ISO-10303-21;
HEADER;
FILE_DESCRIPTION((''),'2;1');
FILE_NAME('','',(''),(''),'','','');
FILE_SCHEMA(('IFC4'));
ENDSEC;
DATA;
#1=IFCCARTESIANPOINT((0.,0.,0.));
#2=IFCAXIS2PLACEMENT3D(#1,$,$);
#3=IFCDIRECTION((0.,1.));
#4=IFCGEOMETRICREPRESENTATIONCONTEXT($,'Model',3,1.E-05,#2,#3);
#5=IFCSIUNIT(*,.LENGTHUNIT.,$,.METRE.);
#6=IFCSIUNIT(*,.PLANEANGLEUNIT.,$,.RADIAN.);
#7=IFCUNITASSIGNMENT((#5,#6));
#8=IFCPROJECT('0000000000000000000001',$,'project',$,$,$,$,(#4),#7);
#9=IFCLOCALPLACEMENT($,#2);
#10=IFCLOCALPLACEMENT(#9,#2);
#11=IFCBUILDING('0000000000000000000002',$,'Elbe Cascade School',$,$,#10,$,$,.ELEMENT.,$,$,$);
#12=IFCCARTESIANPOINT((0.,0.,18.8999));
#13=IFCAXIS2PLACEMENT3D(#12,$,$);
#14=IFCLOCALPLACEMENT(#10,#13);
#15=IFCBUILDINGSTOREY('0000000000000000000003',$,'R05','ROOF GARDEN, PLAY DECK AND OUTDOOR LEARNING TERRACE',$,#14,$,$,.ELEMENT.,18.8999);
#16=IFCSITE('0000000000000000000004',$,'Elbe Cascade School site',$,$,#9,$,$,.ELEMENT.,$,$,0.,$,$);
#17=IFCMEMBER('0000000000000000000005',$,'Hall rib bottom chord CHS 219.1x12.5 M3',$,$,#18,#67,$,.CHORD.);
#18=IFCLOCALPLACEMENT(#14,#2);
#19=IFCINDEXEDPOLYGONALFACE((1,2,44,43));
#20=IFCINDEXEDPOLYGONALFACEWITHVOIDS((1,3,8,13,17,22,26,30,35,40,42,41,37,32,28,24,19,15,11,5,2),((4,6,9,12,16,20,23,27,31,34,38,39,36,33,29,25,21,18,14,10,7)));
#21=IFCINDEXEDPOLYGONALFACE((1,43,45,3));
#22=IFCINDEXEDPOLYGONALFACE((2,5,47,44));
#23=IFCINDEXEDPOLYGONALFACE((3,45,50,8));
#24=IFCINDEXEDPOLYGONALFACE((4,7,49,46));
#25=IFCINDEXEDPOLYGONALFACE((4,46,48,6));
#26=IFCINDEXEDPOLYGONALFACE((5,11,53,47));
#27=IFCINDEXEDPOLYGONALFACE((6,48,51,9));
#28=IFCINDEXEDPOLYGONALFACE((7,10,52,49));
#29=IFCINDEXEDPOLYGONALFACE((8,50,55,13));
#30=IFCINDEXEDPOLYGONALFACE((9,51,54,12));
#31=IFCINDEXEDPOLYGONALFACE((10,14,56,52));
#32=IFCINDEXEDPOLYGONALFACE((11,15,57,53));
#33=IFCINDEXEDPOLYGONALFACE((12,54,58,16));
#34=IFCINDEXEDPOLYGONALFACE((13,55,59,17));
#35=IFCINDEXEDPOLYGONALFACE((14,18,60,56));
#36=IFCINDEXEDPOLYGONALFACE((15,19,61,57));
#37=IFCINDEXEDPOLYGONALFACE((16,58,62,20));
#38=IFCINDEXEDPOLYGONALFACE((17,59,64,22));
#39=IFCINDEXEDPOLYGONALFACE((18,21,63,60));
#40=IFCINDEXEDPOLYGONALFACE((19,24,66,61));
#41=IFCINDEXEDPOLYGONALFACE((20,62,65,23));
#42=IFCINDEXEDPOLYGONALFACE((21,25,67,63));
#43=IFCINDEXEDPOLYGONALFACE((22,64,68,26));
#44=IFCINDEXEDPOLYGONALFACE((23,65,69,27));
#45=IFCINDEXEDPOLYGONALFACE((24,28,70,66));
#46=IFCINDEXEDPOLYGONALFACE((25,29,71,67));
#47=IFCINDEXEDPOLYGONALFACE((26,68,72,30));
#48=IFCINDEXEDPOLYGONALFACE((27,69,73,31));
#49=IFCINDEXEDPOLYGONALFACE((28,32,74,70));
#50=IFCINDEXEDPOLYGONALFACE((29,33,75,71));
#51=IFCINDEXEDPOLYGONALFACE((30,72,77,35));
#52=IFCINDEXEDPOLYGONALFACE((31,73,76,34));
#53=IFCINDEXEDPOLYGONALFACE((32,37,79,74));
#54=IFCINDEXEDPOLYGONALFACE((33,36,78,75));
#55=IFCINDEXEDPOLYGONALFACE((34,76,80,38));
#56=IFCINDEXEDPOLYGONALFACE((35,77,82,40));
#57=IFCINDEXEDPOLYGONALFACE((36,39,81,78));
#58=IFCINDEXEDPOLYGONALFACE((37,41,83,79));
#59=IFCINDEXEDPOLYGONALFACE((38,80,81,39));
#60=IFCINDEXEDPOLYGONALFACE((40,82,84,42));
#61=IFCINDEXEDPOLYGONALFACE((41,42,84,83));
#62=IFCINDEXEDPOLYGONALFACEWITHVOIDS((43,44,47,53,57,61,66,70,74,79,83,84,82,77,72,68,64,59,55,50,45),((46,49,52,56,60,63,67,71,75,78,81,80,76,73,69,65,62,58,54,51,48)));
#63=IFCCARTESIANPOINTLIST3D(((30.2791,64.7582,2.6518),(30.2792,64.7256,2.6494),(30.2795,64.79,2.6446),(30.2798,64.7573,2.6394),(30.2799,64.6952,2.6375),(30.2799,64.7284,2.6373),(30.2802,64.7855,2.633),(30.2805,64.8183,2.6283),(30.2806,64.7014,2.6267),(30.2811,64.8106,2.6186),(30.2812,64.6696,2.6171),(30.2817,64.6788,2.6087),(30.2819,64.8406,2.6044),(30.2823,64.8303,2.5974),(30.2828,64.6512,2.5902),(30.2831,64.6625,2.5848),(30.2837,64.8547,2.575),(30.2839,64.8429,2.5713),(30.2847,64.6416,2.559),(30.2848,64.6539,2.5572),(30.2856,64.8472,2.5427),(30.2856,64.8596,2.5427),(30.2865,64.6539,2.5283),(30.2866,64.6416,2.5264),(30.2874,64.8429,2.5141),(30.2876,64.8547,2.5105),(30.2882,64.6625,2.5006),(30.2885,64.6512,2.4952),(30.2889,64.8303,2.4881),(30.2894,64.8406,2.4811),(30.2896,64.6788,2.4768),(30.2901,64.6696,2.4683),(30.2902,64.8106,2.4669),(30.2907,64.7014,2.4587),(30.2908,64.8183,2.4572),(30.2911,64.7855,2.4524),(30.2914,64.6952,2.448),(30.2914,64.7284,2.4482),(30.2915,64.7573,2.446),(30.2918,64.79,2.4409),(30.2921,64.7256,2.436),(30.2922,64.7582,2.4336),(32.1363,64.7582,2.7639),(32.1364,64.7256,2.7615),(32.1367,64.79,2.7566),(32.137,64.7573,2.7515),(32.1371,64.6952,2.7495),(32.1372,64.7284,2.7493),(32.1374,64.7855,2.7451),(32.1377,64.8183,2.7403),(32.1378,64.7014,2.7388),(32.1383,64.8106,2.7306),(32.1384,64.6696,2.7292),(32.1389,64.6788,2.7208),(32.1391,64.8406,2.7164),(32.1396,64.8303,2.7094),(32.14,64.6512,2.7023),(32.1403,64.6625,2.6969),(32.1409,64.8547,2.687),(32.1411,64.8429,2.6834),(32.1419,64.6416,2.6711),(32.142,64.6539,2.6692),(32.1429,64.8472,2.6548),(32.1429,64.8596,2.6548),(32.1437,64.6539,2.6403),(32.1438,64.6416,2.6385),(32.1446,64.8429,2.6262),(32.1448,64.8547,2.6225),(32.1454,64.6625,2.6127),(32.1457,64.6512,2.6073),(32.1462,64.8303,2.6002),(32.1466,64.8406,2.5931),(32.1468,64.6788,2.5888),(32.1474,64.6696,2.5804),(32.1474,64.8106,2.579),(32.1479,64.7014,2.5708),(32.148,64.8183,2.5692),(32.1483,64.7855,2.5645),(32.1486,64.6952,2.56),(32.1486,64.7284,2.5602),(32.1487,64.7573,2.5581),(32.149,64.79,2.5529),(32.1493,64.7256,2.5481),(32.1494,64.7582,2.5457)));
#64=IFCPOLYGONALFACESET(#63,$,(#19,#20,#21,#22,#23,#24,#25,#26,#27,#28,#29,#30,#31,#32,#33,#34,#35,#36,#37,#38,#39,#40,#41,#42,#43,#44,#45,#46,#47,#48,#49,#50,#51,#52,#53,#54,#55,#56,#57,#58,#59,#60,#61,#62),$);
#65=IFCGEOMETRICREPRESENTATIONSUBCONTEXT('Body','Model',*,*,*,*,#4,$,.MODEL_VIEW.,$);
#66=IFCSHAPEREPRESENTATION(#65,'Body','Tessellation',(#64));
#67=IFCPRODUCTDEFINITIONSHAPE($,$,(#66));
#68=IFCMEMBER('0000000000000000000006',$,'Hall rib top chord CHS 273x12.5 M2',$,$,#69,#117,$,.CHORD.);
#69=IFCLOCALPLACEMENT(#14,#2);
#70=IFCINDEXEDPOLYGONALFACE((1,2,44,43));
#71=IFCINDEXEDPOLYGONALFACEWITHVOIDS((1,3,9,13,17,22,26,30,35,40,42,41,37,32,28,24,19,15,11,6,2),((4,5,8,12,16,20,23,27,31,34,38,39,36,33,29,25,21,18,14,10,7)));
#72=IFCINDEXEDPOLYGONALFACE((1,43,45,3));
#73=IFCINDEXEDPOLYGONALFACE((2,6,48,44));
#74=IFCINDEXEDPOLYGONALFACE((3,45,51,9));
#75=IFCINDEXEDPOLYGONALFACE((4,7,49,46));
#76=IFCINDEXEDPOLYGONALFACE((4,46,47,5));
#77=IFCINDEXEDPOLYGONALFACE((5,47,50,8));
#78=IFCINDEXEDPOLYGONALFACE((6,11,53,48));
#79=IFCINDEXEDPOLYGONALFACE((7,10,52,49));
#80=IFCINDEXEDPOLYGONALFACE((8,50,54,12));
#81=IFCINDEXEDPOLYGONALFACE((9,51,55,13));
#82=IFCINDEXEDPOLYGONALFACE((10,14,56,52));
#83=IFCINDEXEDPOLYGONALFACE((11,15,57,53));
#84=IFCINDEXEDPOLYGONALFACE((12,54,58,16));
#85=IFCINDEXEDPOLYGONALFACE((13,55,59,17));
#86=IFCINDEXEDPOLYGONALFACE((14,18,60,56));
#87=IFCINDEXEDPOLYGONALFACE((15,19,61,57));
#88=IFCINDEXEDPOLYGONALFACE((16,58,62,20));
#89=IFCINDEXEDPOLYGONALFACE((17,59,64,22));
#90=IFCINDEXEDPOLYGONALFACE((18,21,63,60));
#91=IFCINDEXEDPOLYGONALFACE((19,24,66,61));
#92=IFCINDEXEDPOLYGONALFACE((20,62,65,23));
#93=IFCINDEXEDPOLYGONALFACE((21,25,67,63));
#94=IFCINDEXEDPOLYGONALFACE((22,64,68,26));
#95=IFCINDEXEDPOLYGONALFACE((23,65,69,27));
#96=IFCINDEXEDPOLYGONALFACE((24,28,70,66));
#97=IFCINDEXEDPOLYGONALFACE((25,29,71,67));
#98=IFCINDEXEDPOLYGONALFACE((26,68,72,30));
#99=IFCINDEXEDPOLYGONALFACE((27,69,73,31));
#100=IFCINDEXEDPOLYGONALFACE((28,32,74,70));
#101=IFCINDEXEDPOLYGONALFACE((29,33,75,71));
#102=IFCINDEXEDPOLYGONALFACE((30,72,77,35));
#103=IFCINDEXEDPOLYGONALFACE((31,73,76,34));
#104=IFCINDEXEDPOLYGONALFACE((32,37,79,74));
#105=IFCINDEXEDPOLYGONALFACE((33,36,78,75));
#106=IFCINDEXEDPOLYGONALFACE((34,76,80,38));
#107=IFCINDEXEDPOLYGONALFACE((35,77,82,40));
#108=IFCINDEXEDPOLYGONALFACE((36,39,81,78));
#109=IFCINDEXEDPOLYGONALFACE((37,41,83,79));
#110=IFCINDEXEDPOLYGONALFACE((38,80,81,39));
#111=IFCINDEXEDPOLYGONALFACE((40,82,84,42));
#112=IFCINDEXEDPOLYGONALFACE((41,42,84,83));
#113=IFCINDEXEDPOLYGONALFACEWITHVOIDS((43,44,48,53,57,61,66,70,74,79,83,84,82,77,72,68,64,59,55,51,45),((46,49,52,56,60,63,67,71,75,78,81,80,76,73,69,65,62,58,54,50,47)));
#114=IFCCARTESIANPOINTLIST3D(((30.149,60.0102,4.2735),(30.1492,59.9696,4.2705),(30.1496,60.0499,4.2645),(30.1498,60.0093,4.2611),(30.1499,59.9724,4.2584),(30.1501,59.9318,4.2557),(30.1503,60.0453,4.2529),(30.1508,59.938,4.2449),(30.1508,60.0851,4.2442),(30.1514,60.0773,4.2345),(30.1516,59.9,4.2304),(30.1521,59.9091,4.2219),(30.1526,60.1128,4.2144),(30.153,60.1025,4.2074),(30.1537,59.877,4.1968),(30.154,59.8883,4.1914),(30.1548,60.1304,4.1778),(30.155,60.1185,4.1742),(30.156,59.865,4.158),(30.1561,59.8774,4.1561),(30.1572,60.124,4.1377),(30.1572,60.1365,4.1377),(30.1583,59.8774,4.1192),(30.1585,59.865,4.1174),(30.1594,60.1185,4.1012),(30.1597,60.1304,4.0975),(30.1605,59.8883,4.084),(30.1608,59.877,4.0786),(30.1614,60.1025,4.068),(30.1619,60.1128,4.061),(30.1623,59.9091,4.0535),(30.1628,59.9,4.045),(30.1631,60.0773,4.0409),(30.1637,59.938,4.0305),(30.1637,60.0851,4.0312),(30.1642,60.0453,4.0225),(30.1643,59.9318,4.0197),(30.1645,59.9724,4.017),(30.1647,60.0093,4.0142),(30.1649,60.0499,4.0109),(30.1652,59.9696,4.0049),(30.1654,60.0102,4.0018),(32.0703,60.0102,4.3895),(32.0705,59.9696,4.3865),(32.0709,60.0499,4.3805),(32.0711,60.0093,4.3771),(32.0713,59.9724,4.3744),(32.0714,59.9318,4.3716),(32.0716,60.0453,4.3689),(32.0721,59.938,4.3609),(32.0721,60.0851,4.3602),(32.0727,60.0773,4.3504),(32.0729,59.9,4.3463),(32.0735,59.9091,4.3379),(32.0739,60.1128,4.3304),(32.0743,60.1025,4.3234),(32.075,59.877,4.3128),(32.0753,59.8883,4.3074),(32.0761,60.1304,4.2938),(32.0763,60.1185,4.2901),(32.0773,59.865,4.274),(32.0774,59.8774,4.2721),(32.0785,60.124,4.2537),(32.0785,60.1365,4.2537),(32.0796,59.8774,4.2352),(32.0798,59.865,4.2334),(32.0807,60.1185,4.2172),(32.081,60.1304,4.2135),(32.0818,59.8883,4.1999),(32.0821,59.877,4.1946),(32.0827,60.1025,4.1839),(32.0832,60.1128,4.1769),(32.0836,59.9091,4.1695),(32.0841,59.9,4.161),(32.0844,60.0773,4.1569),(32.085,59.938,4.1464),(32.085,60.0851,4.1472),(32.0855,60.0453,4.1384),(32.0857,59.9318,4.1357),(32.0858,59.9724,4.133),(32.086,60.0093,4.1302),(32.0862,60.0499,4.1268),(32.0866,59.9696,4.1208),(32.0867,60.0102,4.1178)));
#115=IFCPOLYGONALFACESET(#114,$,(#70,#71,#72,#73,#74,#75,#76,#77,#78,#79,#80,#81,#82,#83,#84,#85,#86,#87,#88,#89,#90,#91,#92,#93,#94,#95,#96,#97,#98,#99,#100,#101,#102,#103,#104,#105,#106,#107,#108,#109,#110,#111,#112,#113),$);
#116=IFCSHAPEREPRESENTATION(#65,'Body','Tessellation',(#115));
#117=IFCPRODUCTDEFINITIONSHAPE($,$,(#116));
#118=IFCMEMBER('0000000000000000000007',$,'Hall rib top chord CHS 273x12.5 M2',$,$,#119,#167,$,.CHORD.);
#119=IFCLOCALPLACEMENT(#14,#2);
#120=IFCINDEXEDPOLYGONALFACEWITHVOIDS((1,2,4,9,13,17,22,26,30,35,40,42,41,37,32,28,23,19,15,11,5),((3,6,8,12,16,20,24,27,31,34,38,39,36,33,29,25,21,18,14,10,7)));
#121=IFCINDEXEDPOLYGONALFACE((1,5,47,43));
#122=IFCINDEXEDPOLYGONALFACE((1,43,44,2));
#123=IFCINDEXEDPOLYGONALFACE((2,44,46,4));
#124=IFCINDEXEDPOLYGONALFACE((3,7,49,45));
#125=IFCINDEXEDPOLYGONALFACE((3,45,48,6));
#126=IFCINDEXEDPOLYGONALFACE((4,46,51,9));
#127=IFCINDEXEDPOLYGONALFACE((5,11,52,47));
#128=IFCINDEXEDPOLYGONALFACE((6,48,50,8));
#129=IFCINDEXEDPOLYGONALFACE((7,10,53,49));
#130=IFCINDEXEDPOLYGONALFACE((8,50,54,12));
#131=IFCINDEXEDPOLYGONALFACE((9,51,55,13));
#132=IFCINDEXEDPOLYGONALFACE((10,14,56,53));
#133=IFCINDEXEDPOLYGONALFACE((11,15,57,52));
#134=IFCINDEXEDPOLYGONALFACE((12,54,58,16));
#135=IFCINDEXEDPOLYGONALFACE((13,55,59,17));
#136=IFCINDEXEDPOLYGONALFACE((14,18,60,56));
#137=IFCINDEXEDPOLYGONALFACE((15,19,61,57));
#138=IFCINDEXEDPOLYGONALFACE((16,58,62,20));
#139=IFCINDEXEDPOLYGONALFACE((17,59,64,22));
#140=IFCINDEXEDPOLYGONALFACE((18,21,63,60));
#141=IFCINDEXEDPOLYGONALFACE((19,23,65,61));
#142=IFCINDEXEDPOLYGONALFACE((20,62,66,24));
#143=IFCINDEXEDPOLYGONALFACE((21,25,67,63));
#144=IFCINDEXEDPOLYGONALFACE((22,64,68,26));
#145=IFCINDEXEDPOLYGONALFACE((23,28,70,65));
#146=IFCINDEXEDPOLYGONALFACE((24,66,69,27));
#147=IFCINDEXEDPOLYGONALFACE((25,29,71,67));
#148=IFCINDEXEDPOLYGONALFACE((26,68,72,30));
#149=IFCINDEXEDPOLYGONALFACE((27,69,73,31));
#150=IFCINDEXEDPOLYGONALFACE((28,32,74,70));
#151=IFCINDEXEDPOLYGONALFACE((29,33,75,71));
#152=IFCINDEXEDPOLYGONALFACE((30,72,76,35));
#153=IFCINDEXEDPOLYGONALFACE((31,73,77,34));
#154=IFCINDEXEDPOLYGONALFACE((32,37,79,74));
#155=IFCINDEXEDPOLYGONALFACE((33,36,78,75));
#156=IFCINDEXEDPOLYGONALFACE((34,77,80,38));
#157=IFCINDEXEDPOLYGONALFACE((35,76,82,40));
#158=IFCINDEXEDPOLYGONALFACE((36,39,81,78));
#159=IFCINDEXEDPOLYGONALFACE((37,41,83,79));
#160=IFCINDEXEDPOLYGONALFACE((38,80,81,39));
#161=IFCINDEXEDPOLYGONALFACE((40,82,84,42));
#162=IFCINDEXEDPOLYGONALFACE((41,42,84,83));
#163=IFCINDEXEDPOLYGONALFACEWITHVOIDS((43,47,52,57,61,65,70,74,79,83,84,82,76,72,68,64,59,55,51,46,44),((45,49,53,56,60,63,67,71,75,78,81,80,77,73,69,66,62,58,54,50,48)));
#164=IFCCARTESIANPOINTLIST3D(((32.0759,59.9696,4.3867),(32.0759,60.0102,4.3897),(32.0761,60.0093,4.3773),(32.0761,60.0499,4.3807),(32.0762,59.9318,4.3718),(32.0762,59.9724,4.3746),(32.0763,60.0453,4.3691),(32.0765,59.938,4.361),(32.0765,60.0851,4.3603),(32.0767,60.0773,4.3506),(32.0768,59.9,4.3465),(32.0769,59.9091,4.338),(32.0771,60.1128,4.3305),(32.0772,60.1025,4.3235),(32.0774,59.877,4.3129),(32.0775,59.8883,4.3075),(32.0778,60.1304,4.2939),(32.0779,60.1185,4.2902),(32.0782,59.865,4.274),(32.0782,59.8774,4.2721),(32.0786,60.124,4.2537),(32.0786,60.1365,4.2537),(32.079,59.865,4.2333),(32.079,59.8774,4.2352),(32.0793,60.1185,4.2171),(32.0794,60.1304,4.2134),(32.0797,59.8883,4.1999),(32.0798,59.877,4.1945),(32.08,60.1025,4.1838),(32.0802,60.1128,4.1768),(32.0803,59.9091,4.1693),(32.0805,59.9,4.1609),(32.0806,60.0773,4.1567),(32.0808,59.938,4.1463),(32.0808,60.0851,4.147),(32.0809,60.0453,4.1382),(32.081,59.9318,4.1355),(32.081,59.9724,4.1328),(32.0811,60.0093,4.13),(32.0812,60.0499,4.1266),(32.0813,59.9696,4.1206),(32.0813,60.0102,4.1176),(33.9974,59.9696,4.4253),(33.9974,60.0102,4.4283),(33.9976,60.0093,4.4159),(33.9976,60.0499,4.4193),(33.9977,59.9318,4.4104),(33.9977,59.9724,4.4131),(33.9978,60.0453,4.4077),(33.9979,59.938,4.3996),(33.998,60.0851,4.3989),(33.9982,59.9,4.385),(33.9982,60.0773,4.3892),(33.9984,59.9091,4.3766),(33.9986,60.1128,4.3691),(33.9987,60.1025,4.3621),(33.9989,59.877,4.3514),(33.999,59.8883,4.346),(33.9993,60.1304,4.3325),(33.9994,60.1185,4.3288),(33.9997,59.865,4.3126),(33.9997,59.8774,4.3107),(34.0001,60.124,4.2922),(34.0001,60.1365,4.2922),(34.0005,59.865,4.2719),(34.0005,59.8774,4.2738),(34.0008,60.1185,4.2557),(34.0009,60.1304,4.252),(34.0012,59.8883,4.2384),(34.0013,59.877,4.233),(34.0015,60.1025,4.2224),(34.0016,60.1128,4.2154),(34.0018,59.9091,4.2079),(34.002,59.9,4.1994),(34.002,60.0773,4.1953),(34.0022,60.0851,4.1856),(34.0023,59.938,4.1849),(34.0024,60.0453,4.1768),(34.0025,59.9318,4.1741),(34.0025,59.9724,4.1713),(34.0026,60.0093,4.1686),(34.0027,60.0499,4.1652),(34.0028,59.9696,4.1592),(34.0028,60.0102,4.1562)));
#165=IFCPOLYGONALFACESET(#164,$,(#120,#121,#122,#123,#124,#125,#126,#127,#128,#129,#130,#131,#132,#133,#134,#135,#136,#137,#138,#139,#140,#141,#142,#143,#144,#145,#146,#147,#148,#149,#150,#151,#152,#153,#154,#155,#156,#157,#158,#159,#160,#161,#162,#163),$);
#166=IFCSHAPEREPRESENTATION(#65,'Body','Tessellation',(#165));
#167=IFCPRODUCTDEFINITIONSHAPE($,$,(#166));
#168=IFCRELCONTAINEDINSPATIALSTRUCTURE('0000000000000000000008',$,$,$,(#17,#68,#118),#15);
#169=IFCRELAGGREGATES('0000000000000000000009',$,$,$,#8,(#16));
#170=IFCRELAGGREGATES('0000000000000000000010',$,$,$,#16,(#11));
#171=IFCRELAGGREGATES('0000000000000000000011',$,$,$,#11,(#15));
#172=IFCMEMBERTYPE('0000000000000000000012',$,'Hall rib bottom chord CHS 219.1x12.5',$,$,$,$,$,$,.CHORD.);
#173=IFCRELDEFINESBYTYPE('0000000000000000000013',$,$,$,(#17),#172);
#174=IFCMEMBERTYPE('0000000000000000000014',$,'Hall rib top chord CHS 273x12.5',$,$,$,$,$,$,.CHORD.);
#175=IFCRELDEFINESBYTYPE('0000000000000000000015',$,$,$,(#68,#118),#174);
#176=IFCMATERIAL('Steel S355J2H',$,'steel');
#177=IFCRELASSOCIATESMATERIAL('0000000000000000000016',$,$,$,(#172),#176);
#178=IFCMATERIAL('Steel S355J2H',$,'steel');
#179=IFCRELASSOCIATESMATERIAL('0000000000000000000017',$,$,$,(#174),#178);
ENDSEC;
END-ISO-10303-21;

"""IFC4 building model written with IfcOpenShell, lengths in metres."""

from ifc_helpers import new_model, si_unit, direction, frame, origin, origin_2d, place, context, subcontext, project, spatial, hollow_circle, extrude, material, material_profile, profile_set, type_object, element, save


model = new_model("IFC4")

# Units and contexts
model_context = context("Model", 3, precision=1e-05, world=origin(), true_north=direction((0.0, 1.0)))
body_context = subcontext(model_context, "Body", "Model", "MODEL_VIEW")
ifc_project = project(units=[si_unit("LENGTHUNIT", "METRE"), si_unit("PLANEANGLEUNIT", "RADIAN")], contexts=[model_context])

# Site, building, storey
site_placement = place(None, origin())
site = spatial("IfcSite", under=ifc_project, at=site_placement, Name="Elbe Cascade School site", CompositionType="ELEMENT", RefElevation=0.0)
building_placement = place(site_placement, origin())
building = spatial("IfcBuilding", under=site, at=building_placement, Name="Elbe Cascade School", CompositionType="ELEMENT")
storey_placement = place(building_placement, frame((0.0, 0.0, 18.8999)))
storey = spatial("IfcBuildingStorey", under=building, at=storey_placement, Name="R05", Description="ROOF GARDEN, PLAY DECK AND OUTDOOR LEARNING TERRACE", CompositionType="ELEMENT", Elevation=18.8999)

# Members
ifc_material_1 = material(Name="Steel S355J2H", Category="steel")
ifc_material_profile_1 = material_profile(ifc_material_1, hollow_circle(Radius=0.1096, WallThickness=0.0125, at=origin_2d()), Name="CHS 219.1x12.5")
ifc_profile_set_1 = profile_set([ifc_material_profile_1], Name="Steel S355J2H")
member_type_1 = type_object("IfcMemberType", Name="Hall rib bottom chord CHS 219.1x12.5", PredefinedType="CHORD", material=ifc_profile_set_1)
member_1_placement = place(storey_placement, frame((30.2856, 64.75, 2.5427), z_axis=(0.998185, 0.0, 0.06023), x_axis=(0.0, 1.0, 0.0)))
element("IfcMember", 1, at=member_1_placement, inside=storey, type_object=member_type_1, Name="Hall rib bottom chord CHS 219.1x12.5 M3", PredefinedType="CHORD", context=body_context, shape_type="SweptSolid", body=[
    extrude(hollow_circle(Radius=0.1096, WallThickness=0.0125, at=origin_2d()), origin(), (0.0, 0.0, 1.0), 1.8606),
])
ifc_material_2 = material(Name="Steel S355J2H", Category="steel")
ifc_material_profile_2 = material_profile(ifc_material_2, hollow_circle(Radius=0.1365, WallThickness=0.0125, at=origin_2d()), Name="CHS 273x12.5")
ifc_profile_set_2 = profile_set([ifc_material_profile_2], Name="Steel S355J2H")
member_type_2 = type_object("IfcMemberType", Name="Hall rib top chord CHS 273x12.5", PredefinedType="CHORD", material=ifc_profile_set_2)
member_2_placement = place(storey_placement, frame((30.1572, 60.0, 4.1377), z_axis=(0.998184, 0.0, 0.060246), x_axis=(0.0, 1.0, 0.0)))
element("IfcMember", 2, at=member_2_placement, inside=storey, type_object=member_type_2, Name="Hall rib top chord CHS 273x12.5 M2", PredefinedType="CHORD", context=body_context, shape_type="SweptSolid", body=[
    extrude(hollow_circle(Radius=0.1365, WallThickness=0.0125, at=origin_2d()), origin(), (0.0, 0.0, 1.0), 1.9248),
])
for number, where, z_axis, x_axis, name in (
    (3, (32.0786, 60.0, 4.2537), (0.999799, 0.0, 0.020072), (0.0, 1.0, 0.0), "Hall rib top chord CHS 273x12.5 M2"),
):
    element("IfcMember", number, at=place(storey_placement, frame(where, z_axis=z_axis, x_axis=x_axis)), inside=storey, type_object=member_type_2, Name=name, PredefinedType="CHORD", context=body_context, shape_type="SweptSolid", body=[
        extrude(hollow_circle(Radius=0.1365, WallThickness=0.0125, at=origin_2d()), origin(), (0.0, 0.0, 1.0), 1.9219),
    ])

save(model, "model.ifc")
